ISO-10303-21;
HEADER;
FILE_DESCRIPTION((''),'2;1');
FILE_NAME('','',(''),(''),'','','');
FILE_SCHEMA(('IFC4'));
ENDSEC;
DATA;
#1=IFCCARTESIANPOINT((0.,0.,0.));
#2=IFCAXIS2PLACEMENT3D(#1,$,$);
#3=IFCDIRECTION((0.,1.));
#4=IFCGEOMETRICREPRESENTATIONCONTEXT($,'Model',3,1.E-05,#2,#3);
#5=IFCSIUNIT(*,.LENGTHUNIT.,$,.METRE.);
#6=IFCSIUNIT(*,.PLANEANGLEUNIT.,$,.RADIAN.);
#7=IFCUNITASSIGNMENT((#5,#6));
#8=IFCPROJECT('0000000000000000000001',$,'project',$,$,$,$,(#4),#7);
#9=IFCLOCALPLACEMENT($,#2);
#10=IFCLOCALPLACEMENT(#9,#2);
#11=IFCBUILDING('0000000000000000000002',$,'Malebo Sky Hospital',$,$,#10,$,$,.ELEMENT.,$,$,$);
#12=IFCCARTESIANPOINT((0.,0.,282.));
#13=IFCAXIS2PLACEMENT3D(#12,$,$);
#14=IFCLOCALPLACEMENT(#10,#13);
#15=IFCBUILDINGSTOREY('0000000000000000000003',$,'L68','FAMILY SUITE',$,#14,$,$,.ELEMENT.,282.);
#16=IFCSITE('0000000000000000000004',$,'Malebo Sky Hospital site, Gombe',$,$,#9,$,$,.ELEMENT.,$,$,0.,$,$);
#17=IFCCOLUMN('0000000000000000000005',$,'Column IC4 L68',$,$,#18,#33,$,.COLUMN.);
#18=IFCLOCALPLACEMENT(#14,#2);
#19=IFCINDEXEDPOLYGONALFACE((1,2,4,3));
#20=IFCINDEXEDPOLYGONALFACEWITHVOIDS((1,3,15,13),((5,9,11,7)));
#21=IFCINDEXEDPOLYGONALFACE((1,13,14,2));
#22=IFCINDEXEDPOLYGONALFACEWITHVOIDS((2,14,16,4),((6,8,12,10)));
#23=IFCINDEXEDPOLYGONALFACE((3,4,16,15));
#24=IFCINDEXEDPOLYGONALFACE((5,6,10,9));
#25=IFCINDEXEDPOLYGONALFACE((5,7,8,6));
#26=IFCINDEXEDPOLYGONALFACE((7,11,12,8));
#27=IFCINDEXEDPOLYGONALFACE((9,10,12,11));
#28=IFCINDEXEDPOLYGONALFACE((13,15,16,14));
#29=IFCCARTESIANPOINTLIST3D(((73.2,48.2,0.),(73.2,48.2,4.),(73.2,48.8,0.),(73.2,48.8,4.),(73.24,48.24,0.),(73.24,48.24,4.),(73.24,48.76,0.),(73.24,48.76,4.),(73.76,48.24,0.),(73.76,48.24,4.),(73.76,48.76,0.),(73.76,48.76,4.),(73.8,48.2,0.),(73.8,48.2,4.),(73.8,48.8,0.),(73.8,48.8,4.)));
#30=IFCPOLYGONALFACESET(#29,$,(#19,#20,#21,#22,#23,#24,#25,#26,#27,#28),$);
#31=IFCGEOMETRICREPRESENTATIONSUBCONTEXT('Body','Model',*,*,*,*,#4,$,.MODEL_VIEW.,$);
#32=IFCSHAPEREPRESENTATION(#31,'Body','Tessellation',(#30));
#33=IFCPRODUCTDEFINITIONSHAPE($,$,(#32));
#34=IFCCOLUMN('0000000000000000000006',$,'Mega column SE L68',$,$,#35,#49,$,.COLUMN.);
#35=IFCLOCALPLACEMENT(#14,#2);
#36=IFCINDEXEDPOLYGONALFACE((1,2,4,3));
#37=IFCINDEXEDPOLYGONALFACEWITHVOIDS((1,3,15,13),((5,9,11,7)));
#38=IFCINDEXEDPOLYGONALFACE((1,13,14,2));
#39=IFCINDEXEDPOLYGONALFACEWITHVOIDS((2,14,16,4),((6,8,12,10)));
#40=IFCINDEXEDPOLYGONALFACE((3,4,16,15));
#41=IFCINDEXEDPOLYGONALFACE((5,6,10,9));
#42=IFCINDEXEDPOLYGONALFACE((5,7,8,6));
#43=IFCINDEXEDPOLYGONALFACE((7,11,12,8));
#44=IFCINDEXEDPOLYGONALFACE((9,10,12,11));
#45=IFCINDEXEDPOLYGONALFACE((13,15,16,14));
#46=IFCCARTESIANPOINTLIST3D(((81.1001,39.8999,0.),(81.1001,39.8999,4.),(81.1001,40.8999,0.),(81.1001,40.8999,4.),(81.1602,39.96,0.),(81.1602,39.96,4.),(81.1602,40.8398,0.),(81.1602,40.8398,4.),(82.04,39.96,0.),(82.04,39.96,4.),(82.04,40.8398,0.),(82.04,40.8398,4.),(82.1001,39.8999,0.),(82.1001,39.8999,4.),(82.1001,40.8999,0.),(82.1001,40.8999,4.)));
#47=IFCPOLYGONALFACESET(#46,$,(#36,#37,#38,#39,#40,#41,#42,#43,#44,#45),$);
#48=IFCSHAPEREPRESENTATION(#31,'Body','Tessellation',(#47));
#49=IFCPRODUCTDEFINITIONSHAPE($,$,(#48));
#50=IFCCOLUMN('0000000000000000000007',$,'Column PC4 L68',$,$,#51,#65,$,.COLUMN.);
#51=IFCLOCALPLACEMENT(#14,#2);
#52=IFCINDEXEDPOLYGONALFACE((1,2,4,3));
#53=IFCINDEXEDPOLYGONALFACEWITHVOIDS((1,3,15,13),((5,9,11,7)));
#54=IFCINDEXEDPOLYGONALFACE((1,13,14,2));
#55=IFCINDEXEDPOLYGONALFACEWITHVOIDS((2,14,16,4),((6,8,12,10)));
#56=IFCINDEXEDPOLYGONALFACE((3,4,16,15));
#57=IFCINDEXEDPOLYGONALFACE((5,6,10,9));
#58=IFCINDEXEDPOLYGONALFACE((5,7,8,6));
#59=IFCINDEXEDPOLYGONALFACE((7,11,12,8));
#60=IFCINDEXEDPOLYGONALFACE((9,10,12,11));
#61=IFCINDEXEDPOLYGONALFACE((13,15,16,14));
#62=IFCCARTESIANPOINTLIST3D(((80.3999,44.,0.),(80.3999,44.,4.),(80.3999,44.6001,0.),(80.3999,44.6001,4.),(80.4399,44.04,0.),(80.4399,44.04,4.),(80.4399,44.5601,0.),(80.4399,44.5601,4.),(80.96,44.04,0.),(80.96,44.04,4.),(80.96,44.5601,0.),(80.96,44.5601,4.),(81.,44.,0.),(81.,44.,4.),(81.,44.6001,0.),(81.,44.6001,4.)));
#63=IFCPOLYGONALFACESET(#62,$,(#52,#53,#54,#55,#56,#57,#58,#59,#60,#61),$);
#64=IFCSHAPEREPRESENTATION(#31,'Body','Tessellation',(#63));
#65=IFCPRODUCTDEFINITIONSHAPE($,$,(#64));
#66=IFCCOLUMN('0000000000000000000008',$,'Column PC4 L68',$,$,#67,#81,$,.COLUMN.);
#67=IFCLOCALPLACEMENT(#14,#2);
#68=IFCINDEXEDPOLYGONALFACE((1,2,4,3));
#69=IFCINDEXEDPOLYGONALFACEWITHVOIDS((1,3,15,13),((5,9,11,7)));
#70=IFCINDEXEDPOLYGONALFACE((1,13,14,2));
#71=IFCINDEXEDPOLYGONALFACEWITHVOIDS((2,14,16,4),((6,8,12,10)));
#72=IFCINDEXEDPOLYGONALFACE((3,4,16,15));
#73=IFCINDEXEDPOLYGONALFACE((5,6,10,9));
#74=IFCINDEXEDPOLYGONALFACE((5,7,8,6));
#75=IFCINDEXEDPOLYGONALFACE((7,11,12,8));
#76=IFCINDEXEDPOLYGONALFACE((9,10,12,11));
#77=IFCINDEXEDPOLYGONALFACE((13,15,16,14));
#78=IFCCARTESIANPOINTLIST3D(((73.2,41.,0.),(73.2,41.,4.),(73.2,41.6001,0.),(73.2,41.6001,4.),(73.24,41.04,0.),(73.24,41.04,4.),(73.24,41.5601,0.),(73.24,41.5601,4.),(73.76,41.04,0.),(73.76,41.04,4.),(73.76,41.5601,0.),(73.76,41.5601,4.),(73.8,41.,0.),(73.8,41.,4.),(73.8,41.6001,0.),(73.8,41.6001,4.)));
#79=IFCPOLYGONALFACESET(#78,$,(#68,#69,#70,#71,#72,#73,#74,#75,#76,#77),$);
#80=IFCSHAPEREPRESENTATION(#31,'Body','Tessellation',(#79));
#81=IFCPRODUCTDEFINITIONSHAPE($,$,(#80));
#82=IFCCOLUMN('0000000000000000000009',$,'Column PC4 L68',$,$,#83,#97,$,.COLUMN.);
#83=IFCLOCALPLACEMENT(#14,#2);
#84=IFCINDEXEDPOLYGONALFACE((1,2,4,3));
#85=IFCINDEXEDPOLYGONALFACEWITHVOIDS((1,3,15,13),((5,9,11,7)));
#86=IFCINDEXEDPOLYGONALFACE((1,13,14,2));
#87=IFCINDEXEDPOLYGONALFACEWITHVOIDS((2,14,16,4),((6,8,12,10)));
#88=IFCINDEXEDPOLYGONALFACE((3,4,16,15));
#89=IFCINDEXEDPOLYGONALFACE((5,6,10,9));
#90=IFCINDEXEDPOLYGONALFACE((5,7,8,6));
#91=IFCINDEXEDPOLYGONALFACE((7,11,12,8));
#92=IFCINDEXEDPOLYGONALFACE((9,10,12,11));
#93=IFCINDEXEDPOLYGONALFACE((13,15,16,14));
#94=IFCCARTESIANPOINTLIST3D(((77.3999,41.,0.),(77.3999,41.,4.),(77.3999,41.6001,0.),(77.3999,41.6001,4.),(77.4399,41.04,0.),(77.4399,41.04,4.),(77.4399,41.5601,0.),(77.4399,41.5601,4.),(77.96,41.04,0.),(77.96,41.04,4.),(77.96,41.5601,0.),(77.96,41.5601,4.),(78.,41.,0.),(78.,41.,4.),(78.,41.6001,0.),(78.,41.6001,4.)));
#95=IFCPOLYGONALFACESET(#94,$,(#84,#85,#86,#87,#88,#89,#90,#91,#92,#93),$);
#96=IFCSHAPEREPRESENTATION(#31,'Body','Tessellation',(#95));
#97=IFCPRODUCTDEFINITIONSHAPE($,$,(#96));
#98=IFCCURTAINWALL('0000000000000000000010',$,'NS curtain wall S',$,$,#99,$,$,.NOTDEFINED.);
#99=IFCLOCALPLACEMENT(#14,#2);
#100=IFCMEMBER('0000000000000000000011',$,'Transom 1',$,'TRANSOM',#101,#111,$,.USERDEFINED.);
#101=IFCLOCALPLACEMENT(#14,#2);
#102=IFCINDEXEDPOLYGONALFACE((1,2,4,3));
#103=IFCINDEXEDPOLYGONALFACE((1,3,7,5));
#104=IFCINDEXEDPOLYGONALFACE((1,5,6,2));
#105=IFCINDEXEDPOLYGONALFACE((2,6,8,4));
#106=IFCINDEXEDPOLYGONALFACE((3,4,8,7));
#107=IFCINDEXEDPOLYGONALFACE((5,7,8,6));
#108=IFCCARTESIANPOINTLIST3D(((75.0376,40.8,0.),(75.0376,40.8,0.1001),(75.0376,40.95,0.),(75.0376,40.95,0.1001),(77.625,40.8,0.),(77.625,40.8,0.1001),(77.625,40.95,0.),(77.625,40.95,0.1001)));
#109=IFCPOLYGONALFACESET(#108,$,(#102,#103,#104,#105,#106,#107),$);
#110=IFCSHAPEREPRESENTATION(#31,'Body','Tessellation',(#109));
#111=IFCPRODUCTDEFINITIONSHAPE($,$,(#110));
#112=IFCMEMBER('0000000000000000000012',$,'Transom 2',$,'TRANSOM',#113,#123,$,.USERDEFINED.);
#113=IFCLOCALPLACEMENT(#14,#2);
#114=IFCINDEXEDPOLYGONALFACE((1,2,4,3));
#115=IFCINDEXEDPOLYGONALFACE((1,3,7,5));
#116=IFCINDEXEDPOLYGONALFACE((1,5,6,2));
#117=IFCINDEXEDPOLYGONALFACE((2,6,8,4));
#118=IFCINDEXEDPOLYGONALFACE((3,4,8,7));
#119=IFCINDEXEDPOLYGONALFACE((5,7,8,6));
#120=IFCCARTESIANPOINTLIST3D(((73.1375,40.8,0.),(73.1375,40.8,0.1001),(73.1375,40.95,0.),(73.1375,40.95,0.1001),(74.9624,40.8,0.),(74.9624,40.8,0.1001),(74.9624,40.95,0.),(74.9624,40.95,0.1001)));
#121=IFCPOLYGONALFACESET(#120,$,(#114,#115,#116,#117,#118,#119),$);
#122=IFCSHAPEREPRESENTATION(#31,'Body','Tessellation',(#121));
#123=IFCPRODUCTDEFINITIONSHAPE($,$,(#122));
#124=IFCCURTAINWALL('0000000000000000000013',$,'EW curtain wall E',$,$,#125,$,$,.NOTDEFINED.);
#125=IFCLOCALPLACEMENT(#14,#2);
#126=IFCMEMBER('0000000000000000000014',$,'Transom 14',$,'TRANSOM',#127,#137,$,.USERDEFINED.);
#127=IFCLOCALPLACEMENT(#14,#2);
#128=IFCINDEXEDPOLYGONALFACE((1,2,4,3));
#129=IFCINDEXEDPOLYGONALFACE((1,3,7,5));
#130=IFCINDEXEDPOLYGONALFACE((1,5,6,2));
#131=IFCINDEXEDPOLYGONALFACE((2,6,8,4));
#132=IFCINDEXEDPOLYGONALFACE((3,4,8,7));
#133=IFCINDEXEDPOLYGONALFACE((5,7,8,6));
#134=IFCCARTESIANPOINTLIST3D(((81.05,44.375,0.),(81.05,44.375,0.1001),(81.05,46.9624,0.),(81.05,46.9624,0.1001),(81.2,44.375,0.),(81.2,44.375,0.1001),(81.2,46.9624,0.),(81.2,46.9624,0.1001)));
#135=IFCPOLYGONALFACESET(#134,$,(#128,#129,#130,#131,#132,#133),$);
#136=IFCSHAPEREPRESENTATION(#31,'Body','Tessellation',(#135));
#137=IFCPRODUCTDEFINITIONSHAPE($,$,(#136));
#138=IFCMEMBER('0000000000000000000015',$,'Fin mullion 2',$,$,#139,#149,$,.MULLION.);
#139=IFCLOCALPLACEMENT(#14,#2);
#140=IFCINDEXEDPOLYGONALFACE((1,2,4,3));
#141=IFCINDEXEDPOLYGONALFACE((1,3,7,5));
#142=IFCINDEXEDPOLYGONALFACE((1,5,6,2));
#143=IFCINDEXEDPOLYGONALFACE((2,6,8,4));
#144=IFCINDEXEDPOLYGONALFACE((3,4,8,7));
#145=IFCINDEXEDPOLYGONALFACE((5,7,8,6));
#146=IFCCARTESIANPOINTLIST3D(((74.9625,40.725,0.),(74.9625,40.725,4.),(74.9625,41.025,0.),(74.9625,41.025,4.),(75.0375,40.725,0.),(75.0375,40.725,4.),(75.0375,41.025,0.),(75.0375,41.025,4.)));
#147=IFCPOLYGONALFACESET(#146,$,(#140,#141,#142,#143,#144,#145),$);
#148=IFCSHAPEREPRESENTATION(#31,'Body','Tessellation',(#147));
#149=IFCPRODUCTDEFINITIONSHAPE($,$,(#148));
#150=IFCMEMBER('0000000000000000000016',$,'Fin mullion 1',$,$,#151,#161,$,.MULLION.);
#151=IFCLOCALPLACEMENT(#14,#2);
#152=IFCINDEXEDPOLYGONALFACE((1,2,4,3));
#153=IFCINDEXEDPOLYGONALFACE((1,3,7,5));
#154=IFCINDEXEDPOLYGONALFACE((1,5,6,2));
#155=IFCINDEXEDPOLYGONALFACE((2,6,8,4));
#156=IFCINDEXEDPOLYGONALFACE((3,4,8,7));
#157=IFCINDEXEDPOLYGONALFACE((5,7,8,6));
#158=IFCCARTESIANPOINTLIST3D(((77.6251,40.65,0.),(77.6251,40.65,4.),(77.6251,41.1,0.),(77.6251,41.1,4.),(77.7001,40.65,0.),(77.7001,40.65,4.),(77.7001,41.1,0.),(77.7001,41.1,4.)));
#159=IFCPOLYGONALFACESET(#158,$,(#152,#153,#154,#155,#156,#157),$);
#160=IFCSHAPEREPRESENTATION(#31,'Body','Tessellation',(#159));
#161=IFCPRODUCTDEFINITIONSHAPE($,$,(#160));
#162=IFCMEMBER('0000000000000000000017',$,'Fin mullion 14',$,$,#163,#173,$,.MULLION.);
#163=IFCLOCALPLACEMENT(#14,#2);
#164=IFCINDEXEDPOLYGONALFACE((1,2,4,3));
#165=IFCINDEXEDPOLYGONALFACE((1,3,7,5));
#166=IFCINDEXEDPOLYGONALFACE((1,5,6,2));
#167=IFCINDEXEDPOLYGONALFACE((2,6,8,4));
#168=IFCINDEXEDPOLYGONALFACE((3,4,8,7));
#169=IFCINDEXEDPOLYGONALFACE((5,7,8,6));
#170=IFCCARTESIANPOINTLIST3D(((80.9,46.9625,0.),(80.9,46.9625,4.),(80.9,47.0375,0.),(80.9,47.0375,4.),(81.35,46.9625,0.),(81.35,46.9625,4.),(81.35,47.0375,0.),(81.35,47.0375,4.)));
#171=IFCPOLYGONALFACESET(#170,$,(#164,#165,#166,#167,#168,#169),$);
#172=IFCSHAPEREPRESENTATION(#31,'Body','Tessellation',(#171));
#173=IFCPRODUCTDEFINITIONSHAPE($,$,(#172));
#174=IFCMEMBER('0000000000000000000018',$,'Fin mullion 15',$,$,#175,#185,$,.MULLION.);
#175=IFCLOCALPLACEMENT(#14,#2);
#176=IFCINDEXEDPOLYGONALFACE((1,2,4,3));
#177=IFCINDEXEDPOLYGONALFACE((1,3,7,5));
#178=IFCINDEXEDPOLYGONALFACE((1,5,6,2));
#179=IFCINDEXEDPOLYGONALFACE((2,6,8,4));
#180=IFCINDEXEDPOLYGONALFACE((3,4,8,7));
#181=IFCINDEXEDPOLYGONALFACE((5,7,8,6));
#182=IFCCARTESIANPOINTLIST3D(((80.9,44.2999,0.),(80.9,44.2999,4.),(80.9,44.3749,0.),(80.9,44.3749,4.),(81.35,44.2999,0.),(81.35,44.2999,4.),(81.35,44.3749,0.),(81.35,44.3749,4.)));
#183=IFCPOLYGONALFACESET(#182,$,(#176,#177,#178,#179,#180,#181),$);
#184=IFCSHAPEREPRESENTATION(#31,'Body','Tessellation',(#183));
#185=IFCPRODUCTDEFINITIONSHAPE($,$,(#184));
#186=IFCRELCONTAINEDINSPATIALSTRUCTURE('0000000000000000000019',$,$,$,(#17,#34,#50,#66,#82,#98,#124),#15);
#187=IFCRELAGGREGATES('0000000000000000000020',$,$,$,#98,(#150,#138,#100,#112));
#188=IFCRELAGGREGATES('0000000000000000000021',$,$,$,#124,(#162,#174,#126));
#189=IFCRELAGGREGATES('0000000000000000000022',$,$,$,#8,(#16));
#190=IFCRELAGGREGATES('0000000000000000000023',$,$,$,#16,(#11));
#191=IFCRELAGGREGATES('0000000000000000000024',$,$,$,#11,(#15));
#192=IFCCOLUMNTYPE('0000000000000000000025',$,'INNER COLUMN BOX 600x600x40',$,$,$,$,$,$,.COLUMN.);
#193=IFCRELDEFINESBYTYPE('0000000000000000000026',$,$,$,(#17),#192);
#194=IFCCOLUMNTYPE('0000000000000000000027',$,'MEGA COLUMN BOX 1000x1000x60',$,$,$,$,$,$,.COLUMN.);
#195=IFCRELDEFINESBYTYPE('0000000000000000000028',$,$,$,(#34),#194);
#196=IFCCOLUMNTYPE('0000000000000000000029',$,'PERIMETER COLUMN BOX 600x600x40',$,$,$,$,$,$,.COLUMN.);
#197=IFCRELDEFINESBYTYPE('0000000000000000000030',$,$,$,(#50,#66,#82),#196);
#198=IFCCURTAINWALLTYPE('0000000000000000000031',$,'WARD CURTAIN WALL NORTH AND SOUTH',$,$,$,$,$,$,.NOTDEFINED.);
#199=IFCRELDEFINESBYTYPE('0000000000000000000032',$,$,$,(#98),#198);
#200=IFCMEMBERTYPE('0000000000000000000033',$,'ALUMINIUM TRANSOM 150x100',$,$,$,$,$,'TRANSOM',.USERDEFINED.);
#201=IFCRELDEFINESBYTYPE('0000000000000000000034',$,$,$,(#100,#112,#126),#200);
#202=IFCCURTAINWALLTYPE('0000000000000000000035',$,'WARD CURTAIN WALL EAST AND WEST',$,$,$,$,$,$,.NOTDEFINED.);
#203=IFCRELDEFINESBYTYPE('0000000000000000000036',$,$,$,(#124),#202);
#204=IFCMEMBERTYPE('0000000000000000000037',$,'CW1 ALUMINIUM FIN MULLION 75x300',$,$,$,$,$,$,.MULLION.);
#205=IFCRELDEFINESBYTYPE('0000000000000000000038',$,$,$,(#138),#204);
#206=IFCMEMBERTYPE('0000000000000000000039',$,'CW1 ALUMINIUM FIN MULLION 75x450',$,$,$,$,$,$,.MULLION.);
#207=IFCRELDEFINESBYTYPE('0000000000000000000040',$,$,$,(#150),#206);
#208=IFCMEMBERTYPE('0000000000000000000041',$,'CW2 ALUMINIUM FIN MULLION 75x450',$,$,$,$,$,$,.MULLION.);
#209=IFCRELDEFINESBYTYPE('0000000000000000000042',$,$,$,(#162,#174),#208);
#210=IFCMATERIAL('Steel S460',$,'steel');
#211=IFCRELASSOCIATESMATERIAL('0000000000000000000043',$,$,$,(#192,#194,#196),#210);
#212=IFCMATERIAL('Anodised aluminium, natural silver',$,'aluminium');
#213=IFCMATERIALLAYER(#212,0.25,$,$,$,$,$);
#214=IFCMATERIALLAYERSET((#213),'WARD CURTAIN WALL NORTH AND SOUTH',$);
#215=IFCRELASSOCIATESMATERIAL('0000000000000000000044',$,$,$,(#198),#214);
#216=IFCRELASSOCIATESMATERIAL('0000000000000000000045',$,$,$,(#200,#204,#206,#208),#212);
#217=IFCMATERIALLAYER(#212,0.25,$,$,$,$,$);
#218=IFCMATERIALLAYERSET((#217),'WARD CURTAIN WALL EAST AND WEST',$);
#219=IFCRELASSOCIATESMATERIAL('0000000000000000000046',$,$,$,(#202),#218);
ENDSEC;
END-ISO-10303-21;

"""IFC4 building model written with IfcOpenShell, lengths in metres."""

from ifc_helpers import new_model, si_unit, direction, frame, origin, origin_2d, place, context, subcontext, project, spatial, rectangle, hollow_rectangle, extrude, material, layer, layer_set, material_profile, profile_set, type_object, element, aggregate, save


model = new_model("IFC4")

# Units and contexts
model_context = context("Model", 3, precision=1e-05, world=origin(), true_north=direction((0.0, 1.0)))
body_context = subcontext(model_context, "Body", "Model", "MODEL_VIEW")
ifc_project = project(units=[si_unit("LENGTHUNIT", "METRE"), si_unit("PLANEANGLEUNIT", "RADIAN")], contexts=[model_context])

# Site, building, storey
site_placement = place(None, origin())
site = spatial("IfcSite", under=ifc_project, at=site_placement, Name="Malebo Sky Hospital site, Gombe", CompositionType="ELEMENT", RefElevation=0.0)
building_placement = place(site_placement, origin())
building = spatial("IfcBuilding", under=site, at=building_placement, Name="Malebo Sky Hospital", CompositionType="ELEMENT")
storey_placement = place(building_placement, frame((0.0, 0.0, 282.0)))
storey = spatial("IfcBuildingStorey", under=building, at=storey_placement, Name="L68", Description="FAMILY SUITE", CompositionType="ELEMENT", Elevation=282.0)

# Columns
ifc_material_1 = material(Name="Steel S460", Category="steel")
ifc_material_profile_1 = material_profile(ifc_material_1, hollow_rectangle(XDim=0.6001, YDim=0.6001, WallThickness=0.04, at=origin_2d()), Name="BOX 600x600x40")
ifc_profile_set_1 = profile_set([ifc_material_profile_1], Name="Steel S460")
column_type_1 = type_object("IfcColumnType", Name="INNER COLUMN BOX 600x600x40", PredefinedType="COLUMN", material=ifc_profile_set_1)
column_1_placement = place(storey_placement, frame((73.5, 48.5, 0.0), z_axis=(0.0, 0.0, 1.0), x_axis=(1.0, 0.0, 0.0)))
element("IfcColumn", 1, at=column_1_placement, inside=storey, type_object=column_type_1, Name="Column IC4 L68", PredefinedType="COLUMN", context=body_context, shape_type="SweptSolid", body=[
    extrude(hollow_rectangle(XDim=0.6001, YDim=0.6001, WallThickness=0.04, at=origin_2d()), origin(), (0.0, 0.0, 1.0), 4.0),
])
ifc_material_profile_2 = material_profile(ifc_material_1, hollow_rectangle(XDim=1.0, YDim=1.0, WallThickness=0.0601, at=origin_2d()), Name="BOX 1000x1000x60")
ifc_profile_set_2 = profile_set([ifc_material_profile_2], Name="Steel S460")
column_type_2 = type_object("IfcColumnType", Name="MEGA COLUMN BOX 1000x1000x60", PredefinedType="COLUMN", material=ifc_profile_set_2)
column_2_placement = place(storey_placement, frame((81.6001, 40.3999, 0.0), z_axis=(0.0, 0.0, 1.0), x_axis=(1.0, 0.0, 0.0)))
element("IfcColumn", 2, at=column_2_placement, inside=storey, type_object=column_type_2, Name="Mega column SE L68", PredefinedType="COLUMN", context=body_context, shape_type="SweptSolid", body=[
    extrude(hollow_rectangle(XDim=1.0, YDim=1.0, WallThickness=0.0601, at=origin_2d()), origin(), (0.0, 0.0, 1.0), 4.0),
])
ifc_material_profile_3 = material_profile(ifc_material_1, hollow_rectangle(XDim=0.6001, YDim=0.6001, WallThickness=0.04, at=origin_2d()), Name="BOX 600x600x40")
ifc_profile_set_3 = profile_set([ifc_material_profile_3], Name="Steel S460")
column_type_3 = type_object("IfcColumnType", Name="PERIMETER COLUMN BOX 600x600x40", PredefinedType="COLUMN", material=ifc_profile_set_3)
for number, where, z_axis, x_axis, name in (
    (3, (80.7, 44.3, 0.0), (0.0, 0.0, 1.0), (1.0, 0.0, 0.0), "Column PC4 L68"),
    (4, (73.5, 41.3, 0.0), (0.0, 0.0, 1.0), (1.0, 0.0, 0.0), "Column PC4 L68"),
    (5, (77.7, 41.3, 0.0), (0.0, 0.0, 1.0), (1.0, 0.0, 0.0), "Column PC4 L68"),
):
    element("IfcColumn", number, at=place(storey_placement, frame(where, z_axis=z_axis, x_axis=x_axis)), inside=storey, type_object=column_type_3, Name=name, PredefinedType="COLUMN", context=body_context, shape_type="SweptSolid", body=[
        extrude(hollow_rectangle(XDim=0.6001, YDim=0.6001, WallThickness=0.04, at=origin_2d()), origin(), (0.0, 0.0, 1.0), 4.0),
    ])

# Curtain wall, members
ifc_material_2 = material(Name="Anodised aluminium, natural silver", Category="aluminium")
ifc_layer_1 = layer(ifc_material_2, 0.25)
ifc_layer_set_1 = layer_set([ifc_layer_1], Name="WARD CURTAIN WALL NORTH AND SOUTH")
curtain_wall_type_1 = type_object("IfcCurtainWallType", Name="WARD CURTAIN WALL NORTH AND SOUTH", PredefinedType="NOTDEFINED", material=ifc_layer_set_1)
curtain_wall_1_placement = place(storey_placement, origin())
curtain_wall_1 = element("IfcCurtainWall", 6, at=curtain_wall_1_placement, inside=storey, type_object=curtain_wall_type_1, Name="NS curtain wall S", PredefinedType="NOTDEFINED")
ifc_material_profile_4 = material_profile(ifc_material_2, rectangle(XDim=0.1499, YDim=0.1001, at=origin_2d()), Name="ALUMINIUM TRANSOM 150x100")
ifc_profile_set_4 = profile_set([ifc_material_profile_4], Name="Anodised aluminium, natural silver")
member_type_1 = type_object("IfcMemberType", Name="ALUMINIUM TRANSOM 150x100", ElementType="TRANSOM", PredefinedType="USERDEFINED", material=ifc_profile_set_4)
member_1_placement = place(storey_placement, frame((77.625, 40.875, 0.05), z_axis=(-1.0, 0.0, 0.0), x_axis=(0.0, -1.0, 0.0)))
member_1 = element("IfcMember", 7, at=member_1_placement, type_object=member_type_1, Name="Transom 1", ObjectType="TRANSOM", PredefinedType="USERDEFINED", context=body_context, shape_type="SweptSolid", body=[
    extrude(rectangle(XDim=0.1499, YDim=0.1001, at=origin_2d()), origin(), (0.0, 0.0, 1.0), 2.5874),
])
member_2_placement = place(storey_placement, frame((74.9624, 40.875, 0.05), z_axis=(-1.0, 0.0, 0.0), x_axis=(0.0, -1.0, 0.0)))
member_2 = element("IfcMember", 8, at=member_2_placement, type_object=member_type_1, Name="Transom 2", ObjectType="TRANSOM", PredefinedType="USERDEFINED", context=body_context, shape_type="SweptSolid", body=[
    extrude(rectangle(XDim=0.1499, YDim=0.1001, at=origin_2d()), origin(), (0.0, 0.0, 1.0), 1.825),
])

# Curtain wall, member
ifc_layer_2 = layer(ifc_material_2, 0.25)
ifc_layer_set_2 = layer_set([ifc_layer_2], Name="WARD CURTAIN WALL EAST AND WEST")
curtain_wall_type_2 = type_object("IfcCurtainWallType", Name="WARD CURTAIN WALL EAST AND WEST", PredefinedType="NOTDEFINED", material=ifc_layer_set_2)
curtain_wall_2_placement = place(storey_placement, origin())
curtain_wall_2 = element("IfcCurtainWall", 9, at=curtain_wall_2_placement, inside=storey, type_object=curtain_wall_type_2, Name="EW curtain wall E", PredefinedType="NOTDEFINED")
member_3_placement = place(storey_placement, frame((81.125, 46.9624, 0.05), z_axis=(0.0, -1.0, 0.0), x_axis=(1.0, 0.0, 0.0)))
member_3 = element("IfcMember", 10, at=member_3_placement, type_object=member_type_1, Name="Transom 14", ObjectType="TRANSOM", PredefinedType="USERDEFINED", context=body_context, shape_type="SweptSolid", body=[
    extrude(rectangle(XDim=0.1499, YDim=0.1001, at=origin_2d()), origin(), (0.0, 0.0, 1.0), 2.5874),
])

# Members
ifc_material_profile_5 = material_profile(ifc_material_2, rectangle(XDim=0.075, YDim=0.3, at=origin_2d()), Name="CW1 ALUMINIUM FIN MULLION 75x300")
ifc_profile_set_5 = profile_set([ifc_material_profile_5], Name="Anodised aluminium, natural silver")
member_type_2 = type_object("IfcMemberType", Name="CW1 ALUMINIUM FIN MULLION 75x300", PredefinedType="MULLION", material=ifc_profile_set_5)
member_4_placement = place(storey_placement, frame((75.0, 40.875, 0.0), z_axis=(0.0, 0.0, 1.0), x_axis=(-1.0, 0.0, 0.0)))
member_4 = element("IfcMember", 11, at=member_4_placement, type_object=member_type_2, Name="Fin mullion 2", PredefinedType="MULLION", context=body_context, shape_type="SweptSolid", body=[
    extrude(rectangle(XDim=0.075, YDim=0.3, at=origin_2d()), origin(), (0.0, 0.0, 1.0), 4.0),
])
ifc_material_profile_6 = material_profile(ifc_material_2, rectangle(XDim=0.075, YDim=0.45, at=origin_2d()), Name="CW1 ALUMINIUM FIN MULLION 75x450")
ifc_profile_set_6 = profile_set([ifc_material_profile_6], Name="Anodised aluminium, natural silver")
member_type_3 = type_object("IfcMemberType", Name="CW1 ALUMINIUM FIN MULLION 75x450", PredefinedType="MULLION", material=ifc_profile_set_6)
member_5_placement = place(storey_placement, frame((77.6626, 40.875, 0.0), z_axis=(0.0, 0.0, 1.0), x_axis=(-1.0, 0.0, 0.0)))
member_5 = element("IfcMember", 12, at=member_5_placement, type_object=member_type_3, Name="Fin mullion 1", PredefinedType="MULLION", context=body_context, shape_type="SweptSolid", body=[
    extrude(rectangle(XDim=0.075, YDim=0.45, at=origin_2d()), origin(), (0.0, 0.0, 1.0), 4.0),
])
ifc_material_profile_7 = material_profile(ifc_material_2, rectangle(XDim=0.075, YDim=0.45, at=origin_2d()), Name="CW2 ALUMINIUM FIN MULLION 75x450")
ifc_profile_set_7 = profile_set([ifc_material_profile_7], Name="Anodised aluminium, natural silver")
member_type_4 = type_object("IfcMemberType", Name="CW2 ALUMINIUM FIN MULLION 75x450", PredefinedType="MULLION", material=ifc_profile_set_7)
member_6_placement = place(storey_placement, frame((81.125, 47.0, 0.0), z_axis=(0.0, 0.0, 1.0), x_axis=(0.0, -1.0, 0.0)))
member_6 = element("IfcMember", 13, at=member_6_placement, type_object=member_type_4, Name="Fin mullion 14", PredefinedType="MULLION", context=body_context, shape_type="SweptSolid", body=[
    extrude(rectangle(XDim=0.075, YDim=0.45, at=origin_2d()), origin(), (0.0, 0.0, 1.0), 4.0),
])
member_7_placement = place(storey_placement, frame((81.125, 44.3374, 0.0), z_axis=(0.0, 0.0, 1.0), x_axis=(0.0, -1.0, 0.0)))
member_7 = element("IfcMember", 14, at=member_7_placement, type_object=member_type_4, Name="Fin mullion 15", PredefinedType="MULLION", context=body_context, shape_type="SweptSolid", body=[
    extrude(rectangle(XDim=0.075, YDim=0.45, at=origin_2d()), origin(), (0.0, 0.0, 1.0), 4.0),
])

aggregate(curtain_wall_1, [member_5, member_4, member_1, member_2])
aggregate(curtain_wall_2, [member_6, member_7, member_3])

save(model, "model.ifc")
